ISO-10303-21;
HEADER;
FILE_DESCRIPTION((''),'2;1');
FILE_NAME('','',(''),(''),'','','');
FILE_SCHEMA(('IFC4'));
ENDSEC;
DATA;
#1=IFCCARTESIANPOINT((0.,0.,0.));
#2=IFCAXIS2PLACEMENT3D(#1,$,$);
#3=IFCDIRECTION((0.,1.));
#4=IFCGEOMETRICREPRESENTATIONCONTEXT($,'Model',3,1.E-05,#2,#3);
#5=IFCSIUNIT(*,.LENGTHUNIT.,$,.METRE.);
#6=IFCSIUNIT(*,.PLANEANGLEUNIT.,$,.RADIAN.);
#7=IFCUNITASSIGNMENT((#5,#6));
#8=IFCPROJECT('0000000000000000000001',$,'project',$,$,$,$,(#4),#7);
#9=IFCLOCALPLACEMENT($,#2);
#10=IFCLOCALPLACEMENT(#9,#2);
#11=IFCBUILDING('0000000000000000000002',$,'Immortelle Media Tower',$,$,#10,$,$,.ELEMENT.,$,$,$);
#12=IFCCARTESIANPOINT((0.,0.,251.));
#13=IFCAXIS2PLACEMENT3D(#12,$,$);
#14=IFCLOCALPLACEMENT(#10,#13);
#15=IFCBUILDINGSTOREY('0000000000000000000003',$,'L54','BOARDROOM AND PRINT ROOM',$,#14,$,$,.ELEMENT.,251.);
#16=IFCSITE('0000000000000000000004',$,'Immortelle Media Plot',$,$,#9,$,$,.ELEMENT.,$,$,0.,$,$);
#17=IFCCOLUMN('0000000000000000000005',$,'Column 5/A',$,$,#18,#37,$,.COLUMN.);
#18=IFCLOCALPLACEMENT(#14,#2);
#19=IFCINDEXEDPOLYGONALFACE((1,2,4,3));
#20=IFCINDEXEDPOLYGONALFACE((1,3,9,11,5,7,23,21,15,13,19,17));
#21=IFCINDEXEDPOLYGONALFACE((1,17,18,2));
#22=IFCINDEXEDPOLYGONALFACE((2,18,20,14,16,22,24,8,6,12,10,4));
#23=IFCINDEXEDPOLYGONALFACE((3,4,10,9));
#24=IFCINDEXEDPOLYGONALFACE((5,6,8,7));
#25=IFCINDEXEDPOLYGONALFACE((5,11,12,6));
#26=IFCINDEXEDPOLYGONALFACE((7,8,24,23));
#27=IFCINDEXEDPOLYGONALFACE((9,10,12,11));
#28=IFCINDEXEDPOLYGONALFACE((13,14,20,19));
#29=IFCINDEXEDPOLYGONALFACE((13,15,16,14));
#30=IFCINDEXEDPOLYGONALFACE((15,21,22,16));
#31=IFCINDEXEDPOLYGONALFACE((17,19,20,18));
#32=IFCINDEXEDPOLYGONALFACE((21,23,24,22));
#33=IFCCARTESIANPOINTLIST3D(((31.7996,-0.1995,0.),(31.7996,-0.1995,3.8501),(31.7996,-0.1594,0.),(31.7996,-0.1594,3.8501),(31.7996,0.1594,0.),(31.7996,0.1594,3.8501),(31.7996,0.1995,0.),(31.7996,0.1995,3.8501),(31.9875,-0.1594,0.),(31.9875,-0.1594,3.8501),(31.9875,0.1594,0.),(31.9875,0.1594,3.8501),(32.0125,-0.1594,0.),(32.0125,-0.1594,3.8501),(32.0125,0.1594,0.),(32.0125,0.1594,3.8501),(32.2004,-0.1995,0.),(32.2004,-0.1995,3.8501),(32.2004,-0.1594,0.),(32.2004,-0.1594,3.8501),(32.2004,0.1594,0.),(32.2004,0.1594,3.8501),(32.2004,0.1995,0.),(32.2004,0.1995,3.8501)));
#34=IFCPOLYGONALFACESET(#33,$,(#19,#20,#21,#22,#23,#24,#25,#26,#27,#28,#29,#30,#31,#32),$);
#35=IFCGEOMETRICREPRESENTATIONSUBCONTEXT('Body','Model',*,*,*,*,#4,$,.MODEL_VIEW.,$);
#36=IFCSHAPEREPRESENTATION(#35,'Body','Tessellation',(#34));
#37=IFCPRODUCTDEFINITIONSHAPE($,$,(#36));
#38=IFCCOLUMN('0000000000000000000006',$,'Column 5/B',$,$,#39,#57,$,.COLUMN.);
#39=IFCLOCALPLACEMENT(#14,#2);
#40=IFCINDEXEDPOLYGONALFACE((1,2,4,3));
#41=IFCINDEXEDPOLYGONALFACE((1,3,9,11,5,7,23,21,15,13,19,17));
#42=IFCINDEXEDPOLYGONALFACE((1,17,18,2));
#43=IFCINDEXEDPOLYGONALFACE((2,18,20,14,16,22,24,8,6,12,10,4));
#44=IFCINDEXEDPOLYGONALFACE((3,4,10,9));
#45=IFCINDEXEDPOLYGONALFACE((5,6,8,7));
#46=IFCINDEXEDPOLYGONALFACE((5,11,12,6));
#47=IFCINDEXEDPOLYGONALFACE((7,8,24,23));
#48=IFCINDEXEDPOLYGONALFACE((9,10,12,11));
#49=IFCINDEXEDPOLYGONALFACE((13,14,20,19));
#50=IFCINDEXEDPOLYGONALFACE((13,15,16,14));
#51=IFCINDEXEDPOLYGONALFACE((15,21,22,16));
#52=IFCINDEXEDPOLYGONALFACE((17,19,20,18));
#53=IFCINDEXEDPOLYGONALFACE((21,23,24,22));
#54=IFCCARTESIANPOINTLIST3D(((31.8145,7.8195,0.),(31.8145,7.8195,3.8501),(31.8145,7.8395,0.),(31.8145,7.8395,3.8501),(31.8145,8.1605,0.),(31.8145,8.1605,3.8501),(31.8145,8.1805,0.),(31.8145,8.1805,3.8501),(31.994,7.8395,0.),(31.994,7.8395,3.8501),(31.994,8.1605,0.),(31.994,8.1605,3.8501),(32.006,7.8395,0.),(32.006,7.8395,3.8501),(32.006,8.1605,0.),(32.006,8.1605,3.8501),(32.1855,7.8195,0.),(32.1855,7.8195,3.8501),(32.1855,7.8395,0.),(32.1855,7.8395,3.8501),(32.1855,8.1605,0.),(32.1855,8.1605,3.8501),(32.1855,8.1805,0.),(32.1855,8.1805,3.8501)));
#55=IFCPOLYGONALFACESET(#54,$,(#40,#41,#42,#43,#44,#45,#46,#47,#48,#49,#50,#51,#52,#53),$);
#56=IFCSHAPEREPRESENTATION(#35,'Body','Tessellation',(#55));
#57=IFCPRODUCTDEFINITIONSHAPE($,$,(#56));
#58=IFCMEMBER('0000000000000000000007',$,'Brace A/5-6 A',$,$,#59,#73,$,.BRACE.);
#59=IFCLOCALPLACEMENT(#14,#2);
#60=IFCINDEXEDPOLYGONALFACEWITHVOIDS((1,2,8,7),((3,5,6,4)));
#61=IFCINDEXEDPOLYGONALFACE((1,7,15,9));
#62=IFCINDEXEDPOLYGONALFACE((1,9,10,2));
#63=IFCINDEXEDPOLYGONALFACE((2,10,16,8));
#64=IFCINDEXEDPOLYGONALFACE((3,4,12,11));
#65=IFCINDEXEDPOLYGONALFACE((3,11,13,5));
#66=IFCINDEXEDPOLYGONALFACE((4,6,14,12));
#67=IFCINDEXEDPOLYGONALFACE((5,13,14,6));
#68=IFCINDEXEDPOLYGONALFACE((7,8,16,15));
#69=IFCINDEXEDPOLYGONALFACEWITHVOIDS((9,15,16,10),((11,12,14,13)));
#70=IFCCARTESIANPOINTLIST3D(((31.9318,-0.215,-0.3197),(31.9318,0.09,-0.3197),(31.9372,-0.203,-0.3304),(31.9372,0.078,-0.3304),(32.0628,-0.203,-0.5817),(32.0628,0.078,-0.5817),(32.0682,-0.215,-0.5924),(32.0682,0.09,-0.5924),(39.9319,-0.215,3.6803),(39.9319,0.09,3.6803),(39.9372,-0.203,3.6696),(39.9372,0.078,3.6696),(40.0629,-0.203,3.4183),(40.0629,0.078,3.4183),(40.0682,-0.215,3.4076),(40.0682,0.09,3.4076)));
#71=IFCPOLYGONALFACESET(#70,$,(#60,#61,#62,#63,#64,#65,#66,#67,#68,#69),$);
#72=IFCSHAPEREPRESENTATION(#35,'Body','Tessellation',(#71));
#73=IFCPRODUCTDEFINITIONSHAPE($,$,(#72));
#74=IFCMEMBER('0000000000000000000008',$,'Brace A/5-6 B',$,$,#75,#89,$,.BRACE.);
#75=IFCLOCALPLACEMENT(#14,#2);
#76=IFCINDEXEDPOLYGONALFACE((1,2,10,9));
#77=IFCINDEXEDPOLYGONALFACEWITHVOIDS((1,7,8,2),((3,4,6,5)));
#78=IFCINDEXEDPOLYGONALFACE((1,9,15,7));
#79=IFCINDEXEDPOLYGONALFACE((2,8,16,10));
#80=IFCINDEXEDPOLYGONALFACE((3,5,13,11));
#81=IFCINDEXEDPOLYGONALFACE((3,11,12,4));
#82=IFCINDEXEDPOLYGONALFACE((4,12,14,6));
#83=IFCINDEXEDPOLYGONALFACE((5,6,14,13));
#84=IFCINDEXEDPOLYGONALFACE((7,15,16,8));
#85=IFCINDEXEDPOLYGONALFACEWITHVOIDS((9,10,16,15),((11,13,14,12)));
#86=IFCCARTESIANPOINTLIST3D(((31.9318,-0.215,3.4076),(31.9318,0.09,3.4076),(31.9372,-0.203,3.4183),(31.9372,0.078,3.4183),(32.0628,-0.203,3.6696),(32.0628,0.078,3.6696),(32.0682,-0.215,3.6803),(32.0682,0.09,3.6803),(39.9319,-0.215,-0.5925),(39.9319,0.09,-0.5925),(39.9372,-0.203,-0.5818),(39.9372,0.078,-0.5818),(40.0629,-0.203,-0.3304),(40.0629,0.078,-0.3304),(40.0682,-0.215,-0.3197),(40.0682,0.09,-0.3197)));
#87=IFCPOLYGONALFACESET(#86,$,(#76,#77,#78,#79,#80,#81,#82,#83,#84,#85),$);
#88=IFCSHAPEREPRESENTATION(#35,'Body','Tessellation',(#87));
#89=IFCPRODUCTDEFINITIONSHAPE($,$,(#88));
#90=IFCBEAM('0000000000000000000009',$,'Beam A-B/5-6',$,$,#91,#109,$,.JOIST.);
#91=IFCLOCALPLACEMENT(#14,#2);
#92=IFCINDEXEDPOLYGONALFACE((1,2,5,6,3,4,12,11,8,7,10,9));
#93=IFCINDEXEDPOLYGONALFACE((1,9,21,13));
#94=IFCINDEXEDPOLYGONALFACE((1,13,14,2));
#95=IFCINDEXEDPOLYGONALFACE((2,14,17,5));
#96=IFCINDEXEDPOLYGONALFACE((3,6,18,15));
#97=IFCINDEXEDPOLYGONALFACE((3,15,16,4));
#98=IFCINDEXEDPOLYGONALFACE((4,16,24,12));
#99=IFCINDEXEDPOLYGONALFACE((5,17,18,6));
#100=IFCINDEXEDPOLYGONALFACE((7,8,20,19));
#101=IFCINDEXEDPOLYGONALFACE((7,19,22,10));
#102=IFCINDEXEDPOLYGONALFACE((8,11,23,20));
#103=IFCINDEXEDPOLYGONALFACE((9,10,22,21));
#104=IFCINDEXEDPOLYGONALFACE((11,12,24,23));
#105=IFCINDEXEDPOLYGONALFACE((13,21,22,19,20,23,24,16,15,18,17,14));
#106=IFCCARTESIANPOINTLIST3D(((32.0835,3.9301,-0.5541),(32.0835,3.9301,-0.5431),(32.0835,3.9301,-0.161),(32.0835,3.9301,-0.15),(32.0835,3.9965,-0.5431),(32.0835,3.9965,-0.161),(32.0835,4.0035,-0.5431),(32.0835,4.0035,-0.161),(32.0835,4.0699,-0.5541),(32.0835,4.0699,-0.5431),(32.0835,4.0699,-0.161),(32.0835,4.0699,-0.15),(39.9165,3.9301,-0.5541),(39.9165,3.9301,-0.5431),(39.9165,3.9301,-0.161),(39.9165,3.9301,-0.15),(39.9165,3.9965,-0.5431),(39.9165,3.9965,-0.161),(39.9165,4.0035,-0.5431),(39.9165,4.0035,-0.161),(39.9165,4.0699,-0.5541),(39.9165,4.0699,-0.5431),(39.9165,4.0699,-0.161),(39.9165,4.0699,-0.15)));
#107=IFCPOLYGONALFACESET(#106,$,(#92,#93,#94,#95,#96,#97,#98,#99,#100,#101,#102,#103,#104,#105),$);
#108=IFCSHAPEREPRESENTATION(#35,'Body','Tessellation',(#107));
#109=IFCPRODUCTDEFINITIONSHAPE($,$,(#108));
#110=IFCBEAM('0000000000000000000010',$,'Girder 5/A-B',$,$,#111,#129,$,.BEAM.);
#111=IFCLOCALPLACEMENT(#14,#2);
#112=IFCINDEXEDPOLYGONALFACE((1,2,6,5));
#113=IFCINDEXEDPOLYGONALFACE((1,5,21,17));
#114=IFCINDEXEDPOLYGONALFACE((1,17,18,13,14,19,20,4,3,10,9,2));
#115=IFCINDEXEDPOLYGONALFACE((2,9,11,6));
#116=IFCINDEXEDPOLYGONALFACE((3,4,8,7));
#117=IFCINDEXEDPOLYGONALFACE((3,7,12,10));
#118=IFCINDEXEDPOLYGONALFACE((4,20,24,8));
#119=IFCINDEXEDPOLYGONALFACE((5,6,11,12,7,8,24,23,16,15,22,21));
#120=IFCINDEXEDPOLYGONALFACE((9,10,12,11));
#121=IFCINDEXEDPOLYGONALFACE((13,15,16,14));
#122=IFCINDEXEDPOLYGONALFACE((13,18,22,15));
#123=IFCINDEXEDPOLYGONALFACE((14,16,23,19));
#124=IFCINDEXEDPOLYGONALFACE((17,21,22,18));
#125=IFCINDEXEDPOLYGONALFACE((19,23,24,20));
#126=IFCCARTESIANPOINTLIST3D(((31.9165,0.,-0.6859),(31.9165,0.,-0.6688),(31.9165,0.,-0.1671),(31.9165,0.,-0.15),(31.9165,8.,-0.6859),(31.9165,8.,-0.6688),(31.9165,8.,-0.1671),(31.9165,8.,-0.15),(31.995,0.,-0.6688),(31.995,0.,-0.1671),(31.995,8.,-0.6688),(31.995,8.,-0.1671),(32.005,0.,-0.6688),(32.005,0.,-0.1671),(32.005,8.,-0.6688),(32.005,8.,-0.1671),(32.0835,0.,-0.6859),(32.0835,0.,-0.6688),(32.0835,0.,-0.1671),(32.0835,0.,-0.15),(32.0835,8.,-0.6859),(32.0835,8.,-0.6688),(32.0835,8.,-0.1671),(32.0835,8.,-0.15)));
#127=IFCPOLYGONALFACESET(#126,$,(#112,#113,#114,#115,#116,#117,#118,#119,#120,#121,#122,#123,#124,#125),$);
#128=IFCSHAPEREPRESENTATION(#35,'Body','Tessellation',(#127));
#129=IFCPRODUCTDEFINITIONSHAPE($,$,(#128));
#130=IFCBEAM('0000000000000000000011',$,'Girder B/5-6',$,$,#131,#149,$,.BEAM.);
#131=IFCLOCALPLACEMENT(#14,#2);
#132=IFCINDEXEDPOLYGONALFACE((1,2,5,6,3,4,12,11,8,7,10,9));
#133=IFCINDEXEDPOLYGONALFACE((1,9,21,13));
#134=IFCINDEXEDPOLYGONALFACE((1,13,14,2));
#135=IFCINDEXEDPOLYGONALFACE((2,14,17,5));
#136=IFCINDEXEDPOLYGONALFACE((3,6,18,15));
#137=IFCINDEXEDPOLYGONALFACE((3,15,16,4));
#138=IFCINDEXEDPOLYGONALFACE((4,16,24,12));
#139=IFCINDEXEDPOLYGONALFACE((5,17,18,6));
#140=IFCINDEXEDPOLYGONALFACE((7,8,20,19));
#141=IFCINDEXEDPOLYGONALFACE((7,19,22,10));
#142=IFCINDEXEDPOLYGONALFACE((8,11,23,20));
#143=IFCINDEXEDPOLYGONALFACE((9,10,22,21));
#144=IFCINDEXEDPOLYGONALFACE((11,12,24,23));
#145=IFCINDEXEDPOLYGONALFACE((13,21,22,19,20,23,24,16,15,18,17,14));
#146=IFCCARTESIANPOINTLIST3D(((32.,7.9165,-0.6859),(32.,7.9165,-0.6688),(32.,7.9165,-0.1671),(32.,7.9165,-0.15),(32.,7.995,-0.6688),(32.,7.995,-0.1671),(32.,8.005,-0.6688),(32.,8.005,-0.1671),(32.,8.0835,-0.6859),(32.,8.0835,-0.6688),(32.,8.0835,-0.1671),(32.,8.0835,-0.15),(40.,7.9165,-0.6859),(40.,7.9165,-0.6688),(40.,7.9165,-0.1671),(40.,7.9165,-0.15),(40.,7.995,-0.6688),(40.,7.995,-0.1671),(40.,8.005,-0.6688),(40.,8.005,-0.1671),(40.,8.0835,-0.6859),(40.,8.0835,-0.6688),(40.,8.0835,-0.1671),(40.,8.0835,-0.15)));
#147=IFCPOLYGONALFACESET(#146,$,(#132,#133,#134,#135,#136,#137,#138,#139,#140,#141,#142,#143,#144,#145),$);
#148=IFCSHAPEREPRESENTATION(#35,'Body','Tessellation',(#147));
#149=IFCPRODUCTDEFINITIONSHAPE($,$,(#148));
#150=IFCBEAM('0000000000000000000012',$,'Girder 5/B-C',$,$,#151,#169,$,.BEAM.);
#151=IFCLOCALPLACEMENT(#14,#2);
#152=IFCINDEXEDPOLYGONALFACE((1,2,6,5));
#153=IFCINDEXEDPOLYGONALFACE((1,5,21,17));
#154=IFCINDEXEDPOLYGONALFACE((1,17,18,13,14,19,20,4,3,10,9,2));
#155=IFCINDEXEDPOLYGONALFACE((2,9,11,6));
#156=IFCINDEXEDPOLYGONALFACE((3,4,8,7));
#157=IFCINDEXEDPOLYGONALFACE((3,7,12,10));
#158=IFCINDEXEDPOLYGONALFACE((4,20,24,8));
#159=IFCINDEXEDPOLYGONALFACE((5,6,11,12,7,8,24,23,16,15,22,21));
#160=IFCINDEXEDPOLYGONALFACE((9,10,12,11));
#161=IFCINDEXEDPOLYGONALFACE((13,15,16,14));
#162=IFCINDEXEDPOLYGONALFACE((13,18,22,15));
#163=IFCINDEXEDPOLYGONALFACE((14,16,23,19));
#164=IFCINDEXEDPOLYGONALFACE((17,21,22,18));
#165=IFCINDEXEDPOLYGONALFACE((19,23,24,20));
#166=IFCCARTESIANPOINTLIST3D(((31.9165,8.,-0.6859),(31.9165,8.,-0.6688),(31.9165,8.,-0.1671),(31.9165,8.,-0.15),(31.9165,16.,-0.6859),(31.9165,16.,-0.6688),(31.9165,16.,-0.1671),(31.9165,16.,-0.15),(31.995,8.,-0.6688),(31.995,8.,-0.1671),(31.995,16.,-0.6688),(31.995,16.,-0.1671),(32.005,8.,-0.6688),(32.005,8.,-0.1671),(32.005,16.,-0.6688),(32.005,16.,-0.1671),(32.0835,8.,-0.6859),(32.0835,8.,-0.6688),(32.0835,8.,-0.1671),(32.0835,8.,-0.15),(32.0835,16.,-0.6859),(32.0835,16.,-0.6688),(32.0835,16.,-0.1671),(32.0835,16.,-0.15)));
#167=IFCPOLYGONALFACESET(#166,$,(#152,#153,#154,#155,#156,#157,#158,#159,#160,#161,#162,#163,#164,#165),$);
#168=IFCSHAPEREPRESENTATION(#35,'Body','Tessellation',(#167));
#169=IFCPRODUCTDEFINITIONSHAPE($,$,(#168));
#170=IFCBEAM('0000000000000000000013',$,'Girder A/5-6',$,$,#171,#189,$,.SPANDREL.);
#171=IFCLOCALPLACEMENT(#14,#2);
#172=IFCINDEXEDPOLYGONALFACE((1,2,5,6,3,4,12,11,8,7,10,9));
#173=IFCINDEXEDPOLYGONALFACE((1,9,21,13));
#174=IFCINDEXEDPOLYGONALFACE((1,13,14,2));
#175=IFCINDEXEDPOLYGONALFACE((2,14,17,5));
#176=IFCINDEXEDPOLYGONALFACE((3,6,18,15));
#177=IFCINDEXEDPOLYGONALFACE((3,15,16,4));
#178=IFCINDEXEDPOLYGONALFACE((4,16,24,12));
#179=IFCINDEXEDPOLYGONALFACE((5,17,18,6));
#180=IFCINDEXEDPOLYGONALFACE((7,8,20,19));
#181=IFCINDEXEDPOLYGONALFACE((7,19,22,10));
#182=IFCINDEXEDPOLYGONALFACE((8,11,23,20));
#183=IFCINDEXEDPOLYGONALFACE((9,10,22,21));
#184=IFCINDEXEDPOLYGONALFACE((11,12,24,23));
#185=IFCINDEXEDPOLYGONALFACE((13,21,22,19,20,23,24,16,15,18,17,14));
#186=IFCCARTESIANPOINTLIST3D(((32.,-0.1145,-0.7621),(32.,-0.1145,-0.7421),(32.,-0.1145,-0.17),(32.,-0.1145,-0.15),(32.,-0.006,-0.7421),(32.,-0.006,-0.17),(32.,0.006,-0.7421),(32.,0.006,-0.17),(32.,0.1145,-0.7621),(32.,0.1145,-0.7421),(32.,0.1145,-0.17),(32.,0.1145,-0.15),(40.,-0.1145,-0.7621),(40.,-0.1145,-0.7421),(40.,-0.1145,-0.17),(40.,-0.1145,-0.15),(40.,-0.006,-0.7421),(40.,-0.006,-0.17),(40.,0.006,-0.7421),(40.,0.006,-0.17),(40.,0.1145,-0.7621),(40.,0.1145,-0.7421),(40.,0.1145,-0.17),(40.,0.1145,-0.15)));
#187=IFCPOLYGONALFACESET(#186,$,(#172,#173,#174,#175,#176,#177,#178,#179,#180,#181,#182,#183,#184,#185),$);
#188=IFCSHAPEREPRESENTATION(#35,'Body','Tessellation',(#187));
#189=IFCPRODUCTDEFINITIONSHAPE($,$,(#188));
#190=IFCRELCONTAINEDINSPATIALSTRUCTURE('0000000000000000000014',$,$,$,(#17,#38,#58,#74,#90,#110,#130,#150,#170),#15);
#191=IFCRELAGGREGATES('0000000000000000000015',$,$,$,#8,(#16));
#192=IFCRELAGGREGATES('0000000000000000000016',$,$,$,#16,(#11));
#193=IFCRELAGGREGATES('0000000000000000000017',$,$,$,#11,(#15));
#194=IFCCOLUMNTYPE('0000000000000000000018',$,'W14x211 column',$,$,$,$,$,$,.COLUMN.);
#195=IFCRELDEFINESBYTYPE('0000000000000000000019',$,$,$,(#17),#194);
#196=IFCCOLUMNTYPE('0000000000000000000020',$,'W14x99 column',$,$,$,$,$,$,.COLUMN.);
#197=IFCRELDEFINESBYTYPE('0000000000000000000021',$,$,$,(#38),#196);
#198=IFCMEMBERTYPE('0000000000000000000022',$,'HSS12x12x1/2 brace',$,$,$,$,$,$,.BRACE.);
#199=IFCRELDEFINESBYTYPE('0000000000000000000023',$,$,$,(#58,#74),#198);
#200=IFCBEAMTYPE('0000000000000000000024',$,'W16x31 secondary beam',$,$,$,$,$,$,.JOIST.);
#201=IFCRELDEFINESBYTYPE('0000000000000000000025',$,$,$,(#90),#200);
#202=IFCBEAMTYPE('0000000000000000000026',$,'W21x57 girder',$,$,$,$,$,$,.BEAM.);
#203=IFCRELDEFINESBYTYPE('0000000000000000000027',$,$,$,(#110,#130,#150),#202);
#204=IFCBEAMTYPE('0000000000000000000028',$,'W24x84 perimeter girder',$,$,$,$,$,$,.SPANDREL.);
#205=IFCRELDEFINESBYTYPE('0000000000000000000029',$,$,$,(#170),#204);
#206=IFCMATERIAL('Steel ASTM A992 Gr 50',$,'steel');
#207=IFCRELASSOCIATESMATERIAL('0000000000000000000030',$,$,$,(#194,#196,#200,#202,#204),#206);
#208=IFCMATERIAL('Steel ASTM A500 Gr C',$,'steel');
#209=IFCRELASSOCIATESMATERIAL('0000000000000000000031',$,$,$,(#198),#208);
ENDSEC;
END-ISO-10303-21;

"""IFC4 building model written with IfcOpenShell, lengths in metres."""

from ifc_helpers import new_model, si_unit, direction, frame, origin, origin_2d, place, context, subcontext, project, spatial, hollow_rectangle, i_section, extrude, material, material_profile, profile_set, type_object, element, save


model = new_model("IFC4")

# Units and contexts
model_context = context("Model", 3, precision=1e-05, world=origin(), true_north=direction((0.0, 1.0)))
body_context = subcontext(model_context, "Body", "Model", "MODEL_VIEW")
ifc_project = project(units=[si_unit("LENGTHUNIT", "METRE"), si_unit("PLANEANGLEUNIT", "RADIAN")], contexts=[model_context])

# Site, building, storey
site_placement = place(None, origin())
site = spatial("IfcSite", under=ifc_project, at=site_placement, Name="Immortelle Media Plot", CompositionType="ELEMENT", RefElevation=0.0)
building_placement = place(site_placement, origin())
building = spatial("IfcBuilding", under=site, at=building_placement, Name="Immortelle Media Tower", CompositionType="ELEMENT")
storey_placement = place(building_placement, frame((0.0, 0.0, 251.0)))
storey = spatial("IfcBuildingStorey", under=building, at=storey_placement, Name="L54", Description="BOARDROOM AND PRINT ROOM", CompositionType="ELEMENT", Elevation=251.0)

# Columns
ifc_material_1 = material(Name="Steel ASTM A992 Gr 50", Category="steel")
ifc_material_profile_1 = material_profile(ifc_material_1, i_section(OverallWidth=0.4009, OverallDepth=0.3989, WebThickness=0.0249, FlangeThickness=0.04, at=origin_2d()), Name="W14x211")
ifc_profile_set_1 = profile_set([ifc_material_profile_1], Name="Steel ASTM A992 Gr 50")
column_type_1 = type_object("IfcColumnType", Name="W14x211 column", PredefinedType="COLUMN", material=ifc_profile_set_1)
column_1_placement = place(storey_placement, frame((32.0, 0.0, 0.0), z_axis=(0.0, 0.0, 1.0), x_axis=(1.0, 0.0, 0.0)))
element("IfcColumn", 1, at=column_1_placement, inside=storey, type_object=column_type_1, Name="Column 5/A", PredefinedType="COLUMN", context=body_context, shape_type="SweptSolid", body=[
    extrude(i_section(OverallWidth=0.4009, OverallDepth=0.3989, WebThickness=0.0249, FlangeThickness=0.04, at=origin_2d()), origin(), (0.0, 0.0, 1.0), 3.8501),
])
ifc_material_profile_2 = material_profile(ifc_material_1, i_section(OverallWidth=0.3711, OverallDepth=0.3611, WebThickness=0.012, FlangeThickness=0.02, at=origin_2d()), Name="W14x99")
ifc_profile_set_2 = profile_set([ifc_material_profile_2], Name="Steel ASTM A992 Gr 50")
column_type_2 = type_object("IfcColumnType", Name="W14x99 column", PredefinedType="COLUMN", material=ifc_profile_set_2)
column_2_placement = place(storey_placement, frame((32.0, 8.0, 0.0), z_axis=(0.0, 0.0, 1.0), x_axis=(1.0, 0.0, 0.0)))
element("IfcColumn", 2, at=column_2_placement, inside=storey, type_object=column_type_2, Name="Column 5/B", PredefinedType="COLUMN", context=body_context, shape_type="SweptSolid", body=[
    extrude(i_section(OverallWidth=0.3711, OverallDepth=0.3611, WebThickness=0.012, FlangeThickness=0.02, at=origin_2d()), origin(), (0.0, 0.0, 1.0), 3.8501),
])

# Members
ifc_material_2 = material(Name="Steel ASTM A500 Gr C", Category="steel")
ifc_material_profile_3 = material_profile(ifc_material_2, hollow_rectangle(XDim=0.3049, YDim=0.3049, WallThickness=0.012, at=origin_2d()), Name="HSS12x12x1/2 brace")
ifc_profile_set_3 = profile_set([ifc_material_profile_3], Name="Steel ASTM A500 Gr C")
member_type = type_object("IfcMemberType", Name="HSS12x12x1/2 brace", PredefinedType="BRACE", material=ifc_profile_set_3)
for number, where, z_axis, x_axis, name in (
    (3, (32.0, -0.0625, -0.4561), (0.894427, 0.0, 0.447214), (0.0, 1.0, 0.0), "Brace A/5-6 A"),
    (4, (32.0, -0.0625, 3.5439), (0.894427, 0.0, -0.447214), (0.0, 1.0, 0.0), "Brace A/5-6 B"),
):
    element("IfcMember", number, at=place(storey_placement, frame(where, z_axis=z_axis, x_axis=x_axis)), inside=storey, type_object=member_type, Name=name, PredefinedType="BRACE", context=body_context, shape_type="SweptSolid", body=[
        extrude(hollow_rectangle(XDim=0.3049, YDim=0.3049, WallThickness=0.012, at=origin_2d()), origin(), (0.0, 0.0, 1.0), 8.9443),
    ])

# Beams
ifc_material_profile_4 = material_profile(ifc_material_1, i_section(OverallWidth=0.1399, OverallDepth=0.4041, WebThickness=0.0071, FlangeThickness=0.011, at=origin_2d()), Name="W16x31")
ifc_profile_set_4 = profile_set([ifc_material_profile_4], Name="Steel ASTM A992 Gr 50")
beam_type_1 = type_object("IfcBeamType", Name="W16x31 secondary beam", PredefinedType="JOIST", material=ifc_profile_set_4)
beam_1_placement = place(storey_placement, frame((32.0835, 4.0, -0.3521), z_axis=(1.0, 0.0, 0.0), x_axis=(0.0, 1.0, 0.0)))
element("IfcBeam", 5, at=beam_1_placement, inside=storey, type_object=beam_type_1, Name="Beam A-B/5-6", PredefinedType="JOIST", context=body_context, shape_type="SweptSolid", body=[
    extrude(i_section(OverallWidth=0.1399, OverallDepth=0.4041, WebThickness=0.0071, FlangeThickness=0.011, at=origin_2d()), origin(), (0.0, 0.0, 1.0), 7.833),
])
ifc_material_profile_5 = material_profile(ifc_material_1, i_section(OverallWidth=0.167, OverallDepth=0.5359, WebThickness=0.01, FlangeThickness=0.0171, at=origin_2d()), Name="W21x57")
ifc_profile_set_5 = profile_set([ifc_material_profile_5], Name="Steel ASTM A992 Gr 50")
beam_type_2 = type_object("IfcBeamType", Name="W21x57 girder", PredefinedType="BEAM", material=ifc_profile_set_5)
for number, where, z_axis, x_axis, name in (
    (6, (32.0, 0.0, -0.418), (0.0, 1.0, 0.0), (-1.0, 0.0, 0.0), "Girder 5/A-B"),
    (7, (32.0, 8.0, -0.418), (1.0, 0.0, 0.0), (0.0, 1.0, 0.0), "Girder B/5-6"),
    (8, (32.0, 8.0, -0.418), (0.0, 1.0, 0.0), (-1.0, 0.0, 0.0), "Girder 5/B-C"),
):
    element("IfcBeam", number, at=place(storey_placement, frame(where, z_axis=z_axis, x_axis=x_axis)), inside=storey, type_object=beam_type_2, Name=name, PredefinedType="BEAM", context=body_context, shape_type="SweptSolid", body=[
        extrude(i_section(OverallWidth=0.167, OverallDepth=0.5359, WebThickness=0.01, FlangeThickness=0.0171, at=origin_2d()), origin(), (0.0, 0.0, 1.0), 8.0),
    ])
ifc_material_profile_6 = material_profile(ifc_material_1, i_section(OverallWidth=0.229, OverallDepth=0.6121, WebThickness=0.012, FlangeThickness=0.02, at=origin_2d()), Name="W24x84")
ifc_profile_set_6 = profile_set([ifc_material_profile_6], Name="Steel ASTM A992 Gr 50")
beam_type_3 = type_object("IfcBeamType", Name="W24x84 perimeter girder", PredefinedType="SPANDREL", material=ifc_profile_set_6)
beam_2_placement = place(storey_placement, frame((32.0, 0.0, -0.4561), z_axis=(1.0, 0.0, 0.0), x_axis=(0.0, 1.0, 0.0)))
element("IfcBeam", 9, at=beam_2_placement, inside=storey, type_object=beam_type_3, Name="Girder A/5-6", PredefinedType="SPANDREL", context=body_context, shape_type="SweptSolid", body=[
    extrude(i_section(OverallWidth=0.229, OverallDepth=0.6121, WebThickness=0.012, FlangeThickness=0.02, at=origin_2d()), origin(), (0.0, 0.0, 1.0), 8.0),
])

save(model, "model.ifc")
